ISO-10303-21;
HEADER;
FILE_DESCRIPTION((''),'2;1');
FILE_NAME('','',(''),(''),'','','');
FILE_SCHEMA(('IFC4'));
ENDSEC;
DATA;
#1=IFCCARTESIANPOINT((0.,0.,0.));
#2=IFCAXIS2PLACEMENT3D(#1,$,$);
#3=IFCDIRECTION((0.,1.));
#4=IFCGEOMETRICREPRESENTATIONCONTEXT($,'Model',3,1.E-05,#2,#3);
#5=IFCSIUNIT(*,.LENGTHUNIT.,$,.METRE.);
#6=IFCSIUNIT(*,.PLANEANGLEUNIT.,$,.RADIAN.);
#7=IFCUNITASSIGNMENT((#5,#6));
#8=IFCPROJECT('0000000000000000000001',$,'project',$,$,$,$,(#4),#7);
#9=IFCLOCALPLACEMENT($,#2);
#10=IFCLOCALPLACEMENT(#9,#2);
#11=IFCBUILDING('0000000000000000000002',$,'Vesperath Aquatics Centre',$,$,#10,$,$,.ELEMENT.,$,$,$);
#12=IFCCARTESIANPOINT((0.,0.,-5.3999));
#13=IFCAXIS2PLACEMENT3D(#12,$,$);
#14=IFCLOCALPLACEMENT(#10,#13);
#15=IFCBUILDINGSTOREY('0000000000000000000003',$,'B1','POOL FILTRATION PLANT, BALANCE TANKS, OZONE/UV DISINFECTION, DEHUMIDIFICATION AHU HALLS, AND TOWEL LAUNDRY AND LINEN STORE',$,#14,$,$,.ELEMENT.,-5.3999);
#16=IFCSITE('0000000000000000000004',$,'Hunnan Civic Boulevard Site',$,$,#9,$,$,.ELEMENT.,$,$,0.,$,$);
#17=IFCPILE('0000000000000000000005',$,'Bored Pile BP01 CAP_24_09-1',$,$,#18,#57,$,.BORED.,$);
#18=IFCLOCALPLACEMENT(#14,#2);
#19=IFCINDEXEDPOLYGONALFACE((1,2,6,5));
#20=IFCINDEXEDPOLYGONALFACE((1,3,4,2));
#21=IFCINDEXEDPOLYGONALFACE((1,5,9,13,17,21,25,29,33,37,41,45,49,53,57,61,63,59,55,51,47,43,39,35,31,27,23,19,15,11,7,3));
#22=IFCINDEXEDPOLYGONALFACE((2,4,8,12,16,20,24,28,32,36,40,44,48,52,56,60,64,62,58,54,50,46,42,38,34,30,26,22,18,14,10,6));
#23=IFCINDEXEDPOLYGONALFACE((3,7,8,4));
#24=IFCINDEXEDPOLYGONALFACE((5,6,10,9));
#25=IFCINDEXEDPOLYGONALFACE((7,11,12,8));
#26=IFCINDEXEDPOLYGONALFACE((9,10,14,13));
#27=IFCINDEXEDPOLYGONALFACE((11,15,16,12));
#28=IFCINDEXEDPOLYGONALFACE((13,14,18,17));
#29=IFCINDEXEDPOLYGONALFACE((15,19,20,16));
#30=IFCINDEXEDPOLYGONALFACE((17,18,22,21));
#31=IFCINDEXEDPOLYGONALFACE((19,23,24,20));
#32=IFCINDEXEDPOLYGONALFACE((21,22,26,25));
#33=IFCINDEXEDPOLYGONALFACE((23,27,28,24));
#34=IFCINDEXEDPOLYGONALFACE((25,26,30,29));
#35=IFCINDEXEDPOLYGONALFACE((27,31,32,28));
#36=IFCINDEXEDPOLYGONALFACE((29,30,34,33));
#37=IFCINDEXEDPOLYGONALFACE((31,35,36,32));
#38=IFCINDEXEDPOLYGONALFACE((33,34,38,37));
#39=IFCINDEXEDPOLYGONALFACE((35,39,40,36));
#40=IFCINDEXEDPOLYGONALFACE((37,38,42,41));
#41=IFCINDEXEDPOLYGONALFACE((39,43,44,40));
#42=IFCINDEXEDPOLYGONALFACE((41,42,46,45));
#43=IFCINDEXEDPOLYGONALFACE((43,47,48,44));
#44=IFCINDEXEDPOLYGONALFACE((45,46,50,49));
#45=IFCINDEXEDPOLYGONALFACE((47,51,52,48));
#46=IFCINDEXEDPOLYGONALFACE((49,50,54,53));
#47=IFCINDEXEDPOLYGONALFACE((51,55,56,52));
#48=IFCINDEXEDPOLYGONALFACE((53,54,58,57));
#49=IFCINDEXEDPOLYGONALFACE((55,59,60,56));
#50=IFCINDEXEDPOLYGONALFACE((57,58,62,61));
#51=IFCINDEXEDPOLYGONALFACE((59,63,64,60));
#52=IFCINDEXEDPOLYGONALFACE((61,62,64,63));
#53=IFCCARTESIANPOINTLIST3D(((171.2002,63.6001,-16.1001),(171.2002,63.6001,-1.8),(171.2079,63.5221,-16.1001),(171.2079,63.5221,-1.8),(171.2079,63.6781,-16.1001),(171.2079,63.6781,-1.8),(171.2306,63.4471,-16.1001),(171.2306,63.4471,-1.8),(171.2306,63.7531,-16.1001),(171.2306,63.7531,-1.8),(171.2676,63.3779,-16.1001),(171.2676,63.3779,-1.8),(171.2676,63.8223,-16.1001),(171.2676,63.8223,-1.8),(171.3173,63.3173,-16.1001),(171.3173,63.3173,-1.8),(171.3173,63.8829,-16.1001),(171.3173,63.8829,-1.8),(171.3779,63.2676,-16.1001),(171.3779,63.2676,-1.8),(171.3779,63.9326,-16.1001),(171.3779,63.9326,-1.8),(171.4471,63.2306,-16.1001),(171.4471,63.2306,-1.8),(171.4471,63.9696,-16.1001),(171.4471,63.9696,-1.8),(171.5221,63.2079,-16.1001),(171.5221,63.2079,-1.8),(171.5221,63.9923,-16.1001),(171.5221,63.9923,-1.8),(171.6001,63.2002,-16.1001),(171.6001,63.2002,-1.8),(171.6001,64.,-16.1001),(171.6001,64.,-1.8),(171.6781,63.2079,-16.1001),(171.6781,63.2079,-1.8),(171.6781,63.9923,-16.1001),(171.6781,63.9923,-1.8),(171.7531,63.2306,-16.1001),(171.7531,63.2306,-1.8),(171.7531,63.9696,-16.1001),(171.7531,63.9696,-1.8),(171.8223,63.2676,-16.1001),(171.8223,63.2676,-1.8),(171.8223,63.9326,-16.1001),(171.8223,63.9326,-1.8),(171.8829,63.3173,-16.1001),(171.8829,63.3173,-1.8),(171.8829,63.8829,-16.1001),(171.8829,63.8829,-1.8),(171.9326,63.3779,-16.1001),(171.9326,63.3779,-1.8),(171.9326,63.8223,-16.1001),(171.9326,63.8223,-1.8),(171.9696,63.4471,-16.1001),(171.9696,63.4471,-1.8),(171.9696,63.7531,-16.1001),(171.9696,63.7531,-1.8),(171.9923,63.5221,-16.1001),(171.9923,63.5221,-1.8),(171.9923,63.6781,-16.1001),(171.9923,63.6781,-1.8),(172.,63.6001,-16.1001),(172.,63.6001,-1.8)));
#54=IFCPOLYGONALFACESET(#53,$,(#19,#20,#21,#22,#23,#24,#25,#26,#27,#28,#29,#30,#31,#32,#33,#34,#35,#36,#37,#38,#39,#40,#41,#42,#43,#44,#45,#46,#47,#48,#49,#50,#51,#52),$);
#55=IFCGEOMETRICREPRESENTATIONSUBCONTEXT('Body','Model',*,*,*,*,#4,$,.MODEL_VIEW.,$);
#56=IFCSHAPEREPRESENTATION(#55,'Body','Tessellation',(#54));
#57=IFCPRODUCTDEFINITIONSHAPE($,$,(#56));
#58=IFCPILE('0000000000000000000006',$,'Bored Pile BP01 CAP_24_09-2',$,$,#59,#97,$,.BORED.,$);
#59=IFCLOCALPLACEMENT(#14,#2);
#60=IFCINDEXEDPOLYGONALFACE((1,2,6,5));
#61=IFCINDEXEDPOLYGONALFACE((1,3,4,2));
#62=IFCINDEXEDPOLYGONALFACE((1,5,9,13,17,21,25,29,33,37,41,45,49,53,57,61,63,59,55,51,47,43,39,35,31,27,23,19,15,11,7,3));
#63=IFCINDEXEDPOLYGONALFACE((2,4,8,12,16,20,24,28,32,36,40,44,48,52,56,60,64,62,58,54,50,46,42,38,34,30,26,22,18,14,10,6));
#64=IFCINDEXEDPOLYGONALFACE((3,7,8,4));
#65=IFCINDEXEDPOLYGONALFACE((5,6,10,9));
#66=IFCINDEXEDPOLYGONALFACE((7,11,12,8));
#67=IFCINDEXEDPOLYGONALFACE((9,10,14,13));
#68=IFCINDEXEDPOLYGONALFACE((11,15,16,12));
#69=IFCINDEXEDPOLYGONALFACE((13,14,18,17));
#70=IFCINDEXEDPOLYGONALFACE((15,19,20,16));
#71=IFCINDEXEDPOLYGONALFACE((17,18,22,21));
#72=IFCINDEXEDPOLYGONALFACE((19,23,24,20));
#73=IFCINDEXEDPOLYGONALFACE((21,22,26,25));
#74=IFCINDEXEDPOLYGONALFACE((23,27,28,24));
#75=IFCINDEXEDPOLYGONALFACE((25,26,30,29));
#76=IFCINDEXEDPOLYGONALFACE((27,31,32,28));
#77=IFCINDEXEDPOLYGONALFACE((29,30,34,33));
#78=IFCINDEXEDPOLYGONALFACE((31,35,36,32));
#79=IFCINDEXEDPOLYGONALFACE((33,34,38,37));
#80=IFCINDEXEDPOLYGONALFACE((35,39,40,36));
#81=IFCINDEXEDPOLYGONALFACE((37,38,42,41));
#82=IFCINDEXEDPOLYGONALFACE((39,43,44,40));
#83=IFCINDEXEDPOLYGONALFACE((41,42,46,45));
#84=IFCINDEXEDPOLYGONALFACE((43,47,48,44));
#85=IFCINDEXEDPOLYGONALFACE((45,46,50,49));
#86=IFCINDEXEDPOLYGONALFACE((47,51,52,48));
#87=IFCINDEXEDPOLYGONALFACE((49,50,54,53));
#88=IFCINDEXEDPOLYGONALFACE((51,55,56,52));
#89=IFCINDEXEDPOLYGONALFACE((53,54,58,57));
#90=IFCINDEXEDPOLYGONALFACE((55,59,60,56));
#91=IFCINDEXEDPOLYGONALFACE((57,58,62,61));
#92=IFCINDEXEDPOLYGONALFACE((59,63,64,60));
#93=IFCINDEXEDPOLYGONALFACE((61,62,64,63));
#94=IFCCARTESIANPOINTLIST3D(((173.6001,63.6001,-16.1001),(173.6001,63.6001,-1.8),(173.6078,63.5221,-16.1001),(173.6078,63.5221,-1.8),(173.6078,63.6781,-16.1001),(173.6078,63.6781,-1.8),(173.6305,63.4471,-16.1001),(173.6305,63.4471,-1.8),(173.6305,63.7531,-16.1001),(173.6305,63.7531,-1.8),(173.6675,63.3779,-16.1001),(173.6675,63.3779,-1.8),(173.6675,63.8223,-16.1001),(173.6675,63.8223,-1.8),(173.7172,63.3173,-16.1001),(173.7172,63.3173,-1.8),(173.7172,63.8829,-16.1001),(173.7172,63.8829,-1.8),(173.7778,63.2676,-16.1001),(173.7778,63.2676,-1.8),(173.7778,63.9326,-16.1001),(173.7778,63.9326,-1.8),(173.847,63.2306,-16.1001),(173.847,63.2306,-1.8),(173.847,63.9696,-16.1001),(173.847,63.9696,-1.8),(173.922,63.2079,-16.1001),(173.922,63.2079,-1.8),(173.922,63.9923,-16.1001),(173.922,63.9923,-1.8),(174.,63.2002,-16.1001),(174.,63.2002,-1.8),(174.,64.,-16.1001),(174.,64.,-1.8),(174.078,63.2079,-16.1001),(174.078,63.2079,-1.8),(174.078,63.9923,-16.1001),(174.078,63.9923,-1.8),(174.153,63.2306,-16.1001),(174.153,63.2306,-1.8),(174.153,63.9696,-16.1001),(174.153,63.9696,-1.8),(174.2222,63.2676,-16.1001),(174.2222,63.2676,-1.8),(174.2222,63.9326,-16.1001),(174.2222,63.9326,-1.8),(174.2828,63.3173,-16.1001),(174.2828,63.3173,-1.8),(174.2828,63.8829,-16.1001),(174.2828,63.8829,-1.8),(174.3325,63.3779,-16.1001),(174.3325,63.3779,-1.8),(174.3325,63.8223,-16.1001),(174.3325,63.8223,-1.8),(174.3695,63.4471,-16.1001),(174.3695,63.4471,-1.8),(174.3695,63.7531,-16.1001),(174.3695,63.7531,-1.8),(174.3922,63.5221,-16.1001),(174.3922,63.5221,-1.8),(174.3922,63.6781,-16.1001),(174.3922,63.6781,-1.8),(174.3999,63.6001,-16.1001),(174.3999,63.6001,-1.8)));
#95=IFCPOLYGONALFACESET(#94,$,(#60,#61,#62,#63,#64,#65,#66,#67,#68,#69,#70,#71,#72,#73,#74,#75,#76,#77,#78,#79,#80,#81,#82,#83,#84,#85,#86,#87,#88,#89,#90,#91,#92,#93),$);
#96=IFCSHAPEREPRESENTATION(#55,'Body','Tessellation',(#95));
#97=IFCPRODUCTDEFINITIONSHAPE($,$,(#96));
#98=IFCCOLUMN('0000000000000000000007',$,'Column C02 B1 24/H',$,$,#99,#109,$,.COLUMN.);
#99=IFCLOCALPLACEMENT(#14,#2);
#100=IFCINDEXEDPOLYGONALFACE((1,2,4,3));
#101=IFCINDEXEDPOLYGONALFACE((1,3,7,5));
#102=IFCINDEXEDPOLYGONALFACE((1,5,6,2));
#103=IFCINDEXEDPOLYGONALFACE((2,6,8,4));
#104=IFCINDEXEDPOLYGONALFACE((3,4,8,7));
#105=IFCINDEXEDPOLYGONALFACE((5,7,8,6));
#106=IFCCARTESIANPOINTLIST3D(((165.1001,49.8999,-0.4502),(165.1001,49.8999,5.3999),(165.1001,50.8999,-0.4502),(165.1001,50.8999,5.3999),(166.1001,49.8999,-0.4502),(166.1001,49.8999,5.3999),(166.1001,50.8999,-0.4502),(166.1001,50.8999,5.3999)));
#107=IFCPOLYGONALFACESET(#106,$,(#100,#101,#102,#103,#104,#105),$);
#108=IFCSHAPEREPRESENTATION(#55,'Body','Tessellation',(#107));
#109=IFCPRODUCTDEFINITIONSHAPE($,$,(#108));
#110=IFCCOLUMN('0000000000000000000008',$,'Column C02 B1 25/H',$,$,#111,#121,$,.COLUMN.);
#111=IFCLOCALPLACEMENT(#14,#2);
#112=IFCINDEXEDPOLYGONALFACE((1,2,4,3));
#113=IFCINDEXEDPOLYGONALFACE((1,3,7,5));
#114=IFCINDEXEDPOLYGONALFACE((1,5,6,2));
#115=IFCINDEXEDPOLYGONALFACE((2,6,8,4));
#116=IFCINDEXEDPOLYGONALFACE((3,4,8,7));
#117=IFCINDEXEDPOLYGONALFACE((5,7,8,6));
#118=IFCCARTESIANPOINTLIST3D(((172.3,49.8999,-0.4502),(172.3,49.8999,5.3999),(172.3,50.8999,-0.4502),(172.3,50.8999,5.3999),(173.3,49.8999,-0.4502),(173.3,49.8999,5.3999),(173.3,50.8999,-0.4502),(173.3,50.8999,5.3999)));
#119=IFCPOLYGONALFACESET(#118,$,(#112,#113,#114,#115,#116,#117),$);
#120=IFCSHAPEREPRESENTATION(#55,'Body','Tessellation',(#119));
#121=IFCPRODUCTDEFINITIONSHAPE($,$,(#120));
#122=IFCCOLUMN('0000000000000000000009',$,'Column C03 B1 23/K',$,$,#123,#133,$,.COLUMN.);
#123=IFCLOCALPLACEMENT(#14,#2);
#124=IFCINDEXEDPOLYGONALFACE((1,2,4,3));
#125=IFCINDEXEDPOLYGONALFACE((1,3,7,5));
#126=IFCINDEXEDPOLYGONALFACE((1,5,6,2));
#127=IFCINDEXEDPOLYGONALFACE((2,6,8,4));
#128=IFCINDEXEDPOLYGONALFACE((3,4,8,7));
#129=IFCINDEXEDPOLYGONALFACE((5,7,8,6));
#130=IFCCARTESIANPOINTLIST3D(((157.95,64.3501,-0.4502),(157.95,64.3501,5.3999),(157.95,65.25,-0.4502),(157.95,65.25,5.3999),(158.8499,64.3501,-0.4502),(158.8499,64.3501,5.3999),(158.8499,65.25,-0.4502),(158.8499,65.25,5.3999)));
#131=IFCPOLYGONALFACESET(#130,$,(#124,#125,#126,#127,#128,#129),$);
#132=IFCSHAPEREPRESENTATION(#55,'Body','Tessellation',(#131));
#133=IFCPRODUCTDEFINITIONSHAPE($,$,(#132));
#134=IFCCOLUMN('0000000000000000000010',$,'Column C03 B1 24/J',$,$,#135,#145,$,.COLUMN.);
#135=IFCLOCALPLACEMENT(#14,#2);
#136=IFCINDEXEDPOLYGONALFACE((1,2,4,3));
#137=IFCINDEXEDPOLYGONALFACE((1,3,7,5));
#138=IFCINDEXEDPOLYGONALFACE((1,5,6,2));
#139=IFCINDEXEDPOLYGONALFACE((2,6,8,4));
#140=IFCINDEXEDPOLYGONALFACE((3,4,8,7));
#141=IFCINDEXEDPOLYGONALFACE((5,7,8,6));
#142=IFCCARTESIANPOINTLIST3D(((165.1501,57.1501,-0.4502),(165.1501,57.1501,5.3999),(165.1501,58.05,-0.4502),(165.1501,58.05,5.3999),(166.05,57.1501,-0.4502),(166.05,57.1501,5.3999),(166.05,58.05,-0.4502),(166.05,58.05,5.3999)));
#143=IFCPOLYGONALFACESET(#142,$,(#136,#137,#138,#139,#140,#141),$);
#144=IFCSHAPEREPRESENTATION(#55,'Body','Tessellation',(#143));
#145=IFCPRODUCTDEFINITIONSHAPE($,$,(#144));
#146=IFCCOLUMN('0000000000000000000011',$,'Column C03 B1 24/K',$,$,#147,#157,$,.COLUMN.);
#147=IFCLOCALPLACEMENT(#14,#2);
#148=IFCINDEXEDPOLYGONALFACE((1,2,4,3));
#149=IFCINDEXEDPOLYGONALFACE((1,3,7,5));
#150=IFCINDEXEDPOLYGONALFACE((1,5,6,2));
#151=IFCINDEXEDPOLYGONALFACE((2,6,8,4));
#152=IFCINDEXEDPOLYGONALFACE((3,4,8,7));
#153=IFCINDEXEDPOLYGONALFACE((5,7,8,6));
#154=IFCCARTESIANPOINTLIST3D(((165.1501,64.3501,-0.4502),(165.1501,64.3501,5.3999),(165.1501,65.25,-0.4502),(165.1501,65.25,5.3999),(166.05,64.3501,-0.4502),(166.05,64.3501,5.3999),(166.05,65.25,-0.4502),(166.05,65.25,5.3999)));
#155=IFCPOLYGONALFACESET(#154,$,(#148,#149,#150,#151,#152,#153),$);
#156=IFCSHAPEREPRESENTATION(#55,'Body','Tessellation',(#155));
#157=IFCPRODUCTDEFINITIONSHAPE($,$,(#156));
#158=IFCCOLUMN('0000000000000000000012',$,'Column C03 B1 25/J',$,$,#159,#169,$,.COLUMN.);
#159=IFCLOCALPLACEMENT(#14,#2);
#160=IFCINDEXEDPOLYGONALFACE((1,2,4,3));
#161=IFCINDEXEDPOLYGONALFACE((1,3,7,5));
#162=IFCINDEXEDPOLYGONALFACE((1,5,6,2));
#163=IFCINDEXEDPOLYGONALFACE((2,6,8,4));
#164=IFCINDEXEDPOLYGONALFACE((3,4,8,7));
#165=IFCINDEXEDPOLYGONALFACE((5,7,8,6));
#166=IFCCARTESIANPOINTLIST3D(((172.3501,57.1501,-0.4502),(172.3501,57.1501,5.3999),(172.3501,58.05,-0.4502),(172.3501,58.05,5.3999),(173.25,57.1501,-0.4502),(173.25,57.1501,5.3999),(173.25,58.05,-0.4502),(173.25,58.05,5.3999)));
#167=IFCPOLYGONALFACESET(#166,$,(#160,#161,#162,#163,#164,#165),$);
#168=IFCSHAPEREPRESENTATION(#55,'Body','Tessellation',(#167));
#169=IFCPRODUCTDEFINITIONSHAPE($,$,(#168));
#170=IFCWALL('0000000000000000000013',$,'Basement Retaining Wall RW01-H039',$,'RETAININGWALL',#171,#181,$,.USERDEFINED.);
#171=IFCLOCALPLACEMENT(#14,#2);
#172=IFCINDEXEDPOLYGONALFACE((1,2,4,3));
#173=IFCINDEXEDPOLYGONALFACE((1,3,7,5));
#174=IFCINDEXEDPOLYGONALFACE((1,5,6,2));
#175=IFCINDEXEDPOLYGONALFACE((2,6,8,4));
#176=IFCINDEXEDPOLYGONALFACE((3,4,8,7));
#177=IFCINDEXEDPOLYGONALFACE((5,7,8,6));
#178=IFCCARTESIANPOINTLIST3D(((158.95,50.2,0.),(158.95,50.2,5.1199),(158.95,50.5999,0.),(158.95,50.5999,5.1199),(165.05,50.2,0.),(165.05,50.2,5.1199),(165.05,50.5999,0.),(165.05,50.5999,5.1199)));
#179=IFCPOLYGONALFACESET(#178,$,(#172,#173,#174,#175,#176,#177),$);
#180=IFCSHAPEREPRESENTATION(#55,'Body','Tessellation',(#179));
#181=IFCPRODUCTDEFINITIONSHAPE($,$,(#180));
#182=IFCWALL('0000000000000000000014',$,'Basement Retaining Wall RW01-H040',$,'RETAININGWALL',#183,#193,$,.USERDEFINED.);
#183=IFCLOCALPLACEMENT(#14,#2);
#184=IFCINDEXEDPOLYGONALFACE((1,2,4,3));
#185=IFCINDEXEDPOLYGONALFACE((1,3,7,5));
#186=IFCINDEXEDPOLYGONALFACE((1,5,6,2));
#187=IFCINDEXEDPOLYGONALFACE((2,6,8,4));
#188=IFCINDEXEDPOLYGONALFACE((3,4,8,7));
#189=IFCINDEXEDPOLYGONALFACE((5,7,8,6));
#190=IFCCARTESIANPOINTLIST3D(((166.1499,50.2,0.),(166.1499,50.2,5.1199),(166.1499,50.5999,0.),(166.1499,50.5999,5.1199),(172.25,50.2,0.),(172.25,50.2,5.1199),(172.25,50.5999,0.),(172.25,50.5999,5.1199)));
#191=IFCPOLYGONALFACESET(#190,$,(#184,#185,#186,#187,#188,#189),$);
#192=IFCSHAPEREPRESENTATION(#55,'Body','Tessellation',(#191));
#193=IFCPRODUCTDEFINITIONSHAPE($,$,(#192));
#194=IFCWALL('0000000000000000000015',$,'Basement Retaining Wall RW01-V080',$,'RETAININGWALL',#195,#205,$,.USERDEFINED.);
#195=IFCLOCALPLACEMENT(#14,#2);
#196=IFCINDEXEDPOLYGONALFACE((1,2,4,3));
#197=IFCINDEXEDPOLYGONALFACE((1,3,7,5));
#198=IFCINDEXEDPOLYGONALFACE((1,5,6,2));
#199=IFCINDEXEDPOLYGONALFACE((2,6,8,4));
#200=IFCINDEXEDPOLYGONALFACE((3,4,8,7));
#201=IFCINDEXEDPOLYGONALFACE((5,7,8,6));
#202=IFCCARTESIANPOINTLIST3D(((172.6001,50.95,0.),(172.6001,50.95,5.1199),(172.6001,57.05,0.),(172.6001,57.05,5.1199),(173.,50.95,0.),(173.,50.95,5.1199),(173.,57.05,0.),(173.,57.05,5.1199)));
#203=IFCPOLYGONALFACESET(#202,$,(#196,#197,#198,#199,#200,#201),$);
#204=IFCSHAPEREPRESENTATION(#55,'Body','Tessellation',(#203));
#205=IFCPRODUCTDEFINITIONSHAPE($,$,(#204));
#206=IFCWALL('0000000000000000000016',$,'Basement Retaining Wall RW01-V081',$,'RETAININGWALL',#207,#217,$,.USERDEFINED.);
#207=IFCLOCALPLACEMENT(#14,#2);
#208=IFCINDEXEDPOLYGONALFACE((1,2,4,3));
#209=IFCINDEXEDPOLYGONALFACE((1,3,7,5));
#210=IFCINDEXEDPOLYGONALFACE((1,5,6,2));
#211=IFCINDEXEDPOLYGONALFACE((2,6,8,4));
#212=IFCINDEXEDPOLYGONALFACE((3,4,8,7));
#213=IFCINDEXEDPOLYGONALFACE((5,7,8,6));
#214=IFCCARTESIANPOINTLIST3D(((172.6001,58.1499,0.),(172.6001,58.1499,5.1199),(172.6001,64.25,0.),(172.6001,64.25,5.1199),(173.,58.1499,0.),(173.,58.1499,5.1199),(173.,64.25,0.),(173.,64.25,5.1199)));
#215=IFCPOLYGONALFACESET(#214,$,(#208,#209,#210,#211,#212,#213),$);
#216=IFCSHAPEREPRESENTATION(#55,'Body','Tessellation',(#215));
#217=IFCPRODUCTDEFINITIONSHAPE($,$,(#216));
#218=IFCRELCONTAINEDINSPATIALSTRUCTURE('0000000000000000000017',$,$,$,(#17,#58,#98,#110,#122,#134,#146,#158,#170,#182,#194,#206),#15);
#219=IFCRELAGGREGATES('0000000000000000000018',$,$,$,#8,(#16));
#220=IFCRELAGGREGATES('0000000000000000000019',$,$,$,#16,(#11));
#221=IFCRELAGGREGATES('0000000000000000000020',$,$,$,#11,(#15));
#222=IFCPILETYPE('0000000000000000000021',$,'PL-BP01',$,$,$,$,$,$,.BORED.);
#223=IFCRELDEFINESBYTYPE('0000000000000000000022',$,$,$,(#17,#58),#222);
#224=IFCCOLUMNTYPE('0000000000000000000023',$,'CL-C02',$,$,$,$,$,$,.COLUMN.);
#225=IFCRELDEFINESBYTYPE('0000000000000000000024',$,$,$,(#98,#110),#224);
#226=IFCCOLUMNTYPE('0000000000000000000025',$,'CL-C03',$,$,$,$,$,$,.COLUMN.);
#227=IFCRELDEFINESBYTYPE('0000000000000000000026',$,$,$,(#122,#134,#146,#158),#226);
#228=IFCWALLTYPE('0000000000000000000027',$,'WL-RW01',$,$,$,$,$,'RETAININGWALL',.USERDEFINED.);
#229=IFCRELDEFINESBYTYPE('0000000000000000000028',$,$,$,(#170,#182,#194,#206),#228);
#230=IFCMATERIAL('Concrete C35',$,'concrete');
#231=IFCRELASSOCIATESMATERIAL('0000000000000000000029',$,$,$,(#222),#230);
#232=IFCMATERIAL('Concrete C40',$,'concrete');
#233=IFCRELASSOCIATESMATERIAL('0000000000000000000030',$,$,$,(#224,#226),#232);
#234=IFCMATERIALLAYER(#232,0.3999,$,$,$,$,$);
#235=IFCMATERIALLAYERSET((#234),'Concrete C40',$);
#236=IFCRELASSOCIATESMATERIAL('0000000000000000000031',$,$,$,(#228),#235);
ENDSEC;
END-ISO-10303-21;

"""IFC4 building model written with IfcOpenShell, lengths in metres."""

from ifc_helpers import new_model, si_unit, direction, frame, frame_2d, origin, origin_2d, place, context, subcontext, project, spatial, rectangle, circle, extrude, material, layer, layer_set, material_profile, profile_set, type_object, element, save


model = new_model("IFC4")

# Units and contexts
model_context = context("Model", 3, precision=1e-05, world=origin(), true_north=direction((0.0, 1.0)))
body_context = subcontext(model_context, "Body", "Model", "MODEL_VIEW")
ifc_project = project(units=[si_unit("LENGTHUNIT", "METRE"), si_unit("PLANEANGLEUNIT", "RADIAN")], contexts=[model_context])

# Site, building, storey
site_placement = place(None, origin())
site = spatial("IfcSite", under=ifc_project, at=site_placement, Name="Hunnan Civic Boulevard Site", CompositionType="ELEMENT", RefElevation=0.0)
building_placement = place(site_placement, origin())
building = spatial("IfcBuilding", under=site, at=building_placement, Name="Vesperath Aquatics Centre", CompositionType="ELEMENT")
storey_placement = place(building_placement, frame((0.0, 0.0, -5.3999)))
storey = spatial("IfcBuildingStorey", under=building, at=storey_placement, Name="B1", Description="POOL FILTRATION PLANT, BALANCE TANKS, OZONE/UV DISINFECTION, DEHUMIDIFICATION AHU HALLS, AND TOWEL LAUNDRY AND LINEN STORE", CompositionType="ELEMENT", Elevation=-5.3999)

# Shared definitions
ifc_material_1 = material(Name="Concrete C40", Category="concrete")

# Piles
ifc_material_2 = material(Name="Concrete C35", Category="concrete")
ifc_material_profile_1 = material_profile(ifc_material_2, circle(Radius=0.3999, at=origin_2d()), Name="PILE D800")
ifc_profile_set_1 = profile_set([ifc_material_profile_1], Name="Concrete C35")
pile_type = type_object("IfcPileType", Name="PL-BP01", PredefinedType="BORED", material=ifc_profile_set_1)
for number, where, z_axis, x_axis, name in (
    (1, (171.6001, 63.6001, -1.8), (0.0, 0.0, -1.0), (1.0, 0.0, 0.0), "Bored Pile BP01 CAP_24_09-1"),
    (2, (174.0, 63.6001, -1.8), (0.0, 0.0, -1.0), (1.0, 0.0, 0.0), "Bored Pile BP01 CAP_24_09-2"),
):
    element("IfcPile", number, at=place(storey_placement, frame(where, z_axis=z_axis, x_axis=x_axis)), inside=storey, type_object=pile_type, Name=name, PredefinedType="BORED", context=body_context, shape_type="SweptSolid", body=[
        extrude(circle(Radius=0.3999, at=origin_2d()), origin(), (0.0, 0.0, 1.0), 14.3),
    ])

# Columns
ifc_material_profile_2 = material_profile(ifc_material_1, rectangle(XDim=1.0, YDim=1.0, at=origin_2d()), Name="RC 1000x1000")
ifc_profile_set_2 = profile_set([ifc_material_profile_2], Name="Concrete C40")
column_type_1 = type_object("IfcColumnType", Name="CL-C02", PredefinedType="COLUMN", material=ifc_profile_set_2)
for number, where, z_axis, x_axis, name in (
    (3, (165.6001, 50.3999, -0.4502), (0.0, 0.0, 1.0), (1.0, 0.0, 0.0), "Column C02 B1 24/H"),
    (4, (172.8, 50.3999, -0.4502), (0.0, 0.0, 1.0), (1.0, 0.0, 0.0), "Column C02 B1 25/H"),
):
    element("IfcColumn", number, at=place(storey_placement, frame(where, z_axis=z_axis, x_axis=x_axis)), inside=storey, type_object=column_type_1, Name=name, PredefinedType="COLUMN", context=body_context, shape_type="SweptSolid", body=[
        extrude(rectangle(XDim=1.0, YDim=1.0, at=origin_2d()), origin(), (0.0, 0.0, 1.0), 5.8501),
    ])
ifc_material_profile_3 = material_profile(ifc_material_1, rectangle(XDim=0.8999, YDim=0.8999, at=origin_2d()), Name="RC 900x900")
ifc_profile_set_3 = profile_set([ifc_material_profile_3], Name="Concrete C40")
column_type_2 = type_object("IfcColumnType", Name="CL-C03", PredefinedType="COLUMN", material=ifc_profile_set_3)
for number, where, z_axis, x_axis, name in (
    (5, (158.3999, 64.8, -0.4502), (0.0, 0.0, 1.0), (1.0, 0.0, 0.0), "Column C03 B1 23/K"),
    (6, (165.6001, 57.6001, -0.4502), (0.0, 0.0, 1.0), (1.0, 0.0, 0.0), "Column C03 B1 24/J"),
    (7, (165.6001, 64.8, -0.4502), (0.0, 0.0, 1.0), (1.0, 0.0, 0.0), "Column C03 B1 24/K"),
    (8, (172.8, 57.6001, -0.4502), (0.0, 0.0, 1.0), (1.0, 0.0, 0.0), "Column C03 B1 25/J"),
):
    element("IfcColumn", number, at=place(storey_placement, frame(where, z_axis=z_axis, x_axis=x_axis)), inside=storey, type_object=column_type_2, Name=name, PredefinedType="COLUMN", context=body_context, shape_type="SweptSolid", body=[
        extrude(rectangle(XDim=0.8999, YDim=0.8999, at=origin_2d()), origin(), (0.0, 0.0, 1.0), 5.8501),
    ])

# Walls
ifc_layer = layer(ifc_material_1, 0.3999)
ifc_layer_set = layer_set([ifc_layer], Name="Concrete C40")
wall_type = type_object("IfcWallType", Name="WL-RW01", ElementType="RETAININGWALL", PredefinedType="USERDEFINED", material=ifc_layer_set)
for number, where, z_axis, x_axis, name in (
    (9, (158.95, 50.3999, 0.0), (0.0, 0.0, 1.0), (1.0, 0.0, 0.0), "Basement Retaining Wall RW01-H039"),
    (10, (166.1499, 50.3999, 0.0), (0.0, 0.0, 1.0), (1.0, 0.0, 0.0), "Basement Retaining Wall RW01-H040"),
    (11, (172.8, 50.95, 0.0), (0.0, 0.0, 1.0), (0.0, 1.0, 0.0), "Basement Retaining Wall RW01-V080"),
    (12, (172.8, 58.1499, 0.0), (0.0, 0.0, 1.0), (0.0, 1.0, 0.0), "Basement Retaining Wall RW01-V081"),
):
    element("IfcWall", number, at=place(storey_placement, frame(where, z_axis=z_axis, x_axis=x_axis)), inside=storey, type_object=wall_type, Name=name, ObjectType="RETAININGWALL", PredefinedType="USERDEFINED", context=body_context, shape_type="SweptSolid", body=[
        extrude(rectangle(XDim=6.1001, YDim=0.3999, at=frame_2d((3.05, 0.0))), origin(), (0.0, 0.0, 1.0), 5.1199),
    ])

save(model, "model.ifc")
